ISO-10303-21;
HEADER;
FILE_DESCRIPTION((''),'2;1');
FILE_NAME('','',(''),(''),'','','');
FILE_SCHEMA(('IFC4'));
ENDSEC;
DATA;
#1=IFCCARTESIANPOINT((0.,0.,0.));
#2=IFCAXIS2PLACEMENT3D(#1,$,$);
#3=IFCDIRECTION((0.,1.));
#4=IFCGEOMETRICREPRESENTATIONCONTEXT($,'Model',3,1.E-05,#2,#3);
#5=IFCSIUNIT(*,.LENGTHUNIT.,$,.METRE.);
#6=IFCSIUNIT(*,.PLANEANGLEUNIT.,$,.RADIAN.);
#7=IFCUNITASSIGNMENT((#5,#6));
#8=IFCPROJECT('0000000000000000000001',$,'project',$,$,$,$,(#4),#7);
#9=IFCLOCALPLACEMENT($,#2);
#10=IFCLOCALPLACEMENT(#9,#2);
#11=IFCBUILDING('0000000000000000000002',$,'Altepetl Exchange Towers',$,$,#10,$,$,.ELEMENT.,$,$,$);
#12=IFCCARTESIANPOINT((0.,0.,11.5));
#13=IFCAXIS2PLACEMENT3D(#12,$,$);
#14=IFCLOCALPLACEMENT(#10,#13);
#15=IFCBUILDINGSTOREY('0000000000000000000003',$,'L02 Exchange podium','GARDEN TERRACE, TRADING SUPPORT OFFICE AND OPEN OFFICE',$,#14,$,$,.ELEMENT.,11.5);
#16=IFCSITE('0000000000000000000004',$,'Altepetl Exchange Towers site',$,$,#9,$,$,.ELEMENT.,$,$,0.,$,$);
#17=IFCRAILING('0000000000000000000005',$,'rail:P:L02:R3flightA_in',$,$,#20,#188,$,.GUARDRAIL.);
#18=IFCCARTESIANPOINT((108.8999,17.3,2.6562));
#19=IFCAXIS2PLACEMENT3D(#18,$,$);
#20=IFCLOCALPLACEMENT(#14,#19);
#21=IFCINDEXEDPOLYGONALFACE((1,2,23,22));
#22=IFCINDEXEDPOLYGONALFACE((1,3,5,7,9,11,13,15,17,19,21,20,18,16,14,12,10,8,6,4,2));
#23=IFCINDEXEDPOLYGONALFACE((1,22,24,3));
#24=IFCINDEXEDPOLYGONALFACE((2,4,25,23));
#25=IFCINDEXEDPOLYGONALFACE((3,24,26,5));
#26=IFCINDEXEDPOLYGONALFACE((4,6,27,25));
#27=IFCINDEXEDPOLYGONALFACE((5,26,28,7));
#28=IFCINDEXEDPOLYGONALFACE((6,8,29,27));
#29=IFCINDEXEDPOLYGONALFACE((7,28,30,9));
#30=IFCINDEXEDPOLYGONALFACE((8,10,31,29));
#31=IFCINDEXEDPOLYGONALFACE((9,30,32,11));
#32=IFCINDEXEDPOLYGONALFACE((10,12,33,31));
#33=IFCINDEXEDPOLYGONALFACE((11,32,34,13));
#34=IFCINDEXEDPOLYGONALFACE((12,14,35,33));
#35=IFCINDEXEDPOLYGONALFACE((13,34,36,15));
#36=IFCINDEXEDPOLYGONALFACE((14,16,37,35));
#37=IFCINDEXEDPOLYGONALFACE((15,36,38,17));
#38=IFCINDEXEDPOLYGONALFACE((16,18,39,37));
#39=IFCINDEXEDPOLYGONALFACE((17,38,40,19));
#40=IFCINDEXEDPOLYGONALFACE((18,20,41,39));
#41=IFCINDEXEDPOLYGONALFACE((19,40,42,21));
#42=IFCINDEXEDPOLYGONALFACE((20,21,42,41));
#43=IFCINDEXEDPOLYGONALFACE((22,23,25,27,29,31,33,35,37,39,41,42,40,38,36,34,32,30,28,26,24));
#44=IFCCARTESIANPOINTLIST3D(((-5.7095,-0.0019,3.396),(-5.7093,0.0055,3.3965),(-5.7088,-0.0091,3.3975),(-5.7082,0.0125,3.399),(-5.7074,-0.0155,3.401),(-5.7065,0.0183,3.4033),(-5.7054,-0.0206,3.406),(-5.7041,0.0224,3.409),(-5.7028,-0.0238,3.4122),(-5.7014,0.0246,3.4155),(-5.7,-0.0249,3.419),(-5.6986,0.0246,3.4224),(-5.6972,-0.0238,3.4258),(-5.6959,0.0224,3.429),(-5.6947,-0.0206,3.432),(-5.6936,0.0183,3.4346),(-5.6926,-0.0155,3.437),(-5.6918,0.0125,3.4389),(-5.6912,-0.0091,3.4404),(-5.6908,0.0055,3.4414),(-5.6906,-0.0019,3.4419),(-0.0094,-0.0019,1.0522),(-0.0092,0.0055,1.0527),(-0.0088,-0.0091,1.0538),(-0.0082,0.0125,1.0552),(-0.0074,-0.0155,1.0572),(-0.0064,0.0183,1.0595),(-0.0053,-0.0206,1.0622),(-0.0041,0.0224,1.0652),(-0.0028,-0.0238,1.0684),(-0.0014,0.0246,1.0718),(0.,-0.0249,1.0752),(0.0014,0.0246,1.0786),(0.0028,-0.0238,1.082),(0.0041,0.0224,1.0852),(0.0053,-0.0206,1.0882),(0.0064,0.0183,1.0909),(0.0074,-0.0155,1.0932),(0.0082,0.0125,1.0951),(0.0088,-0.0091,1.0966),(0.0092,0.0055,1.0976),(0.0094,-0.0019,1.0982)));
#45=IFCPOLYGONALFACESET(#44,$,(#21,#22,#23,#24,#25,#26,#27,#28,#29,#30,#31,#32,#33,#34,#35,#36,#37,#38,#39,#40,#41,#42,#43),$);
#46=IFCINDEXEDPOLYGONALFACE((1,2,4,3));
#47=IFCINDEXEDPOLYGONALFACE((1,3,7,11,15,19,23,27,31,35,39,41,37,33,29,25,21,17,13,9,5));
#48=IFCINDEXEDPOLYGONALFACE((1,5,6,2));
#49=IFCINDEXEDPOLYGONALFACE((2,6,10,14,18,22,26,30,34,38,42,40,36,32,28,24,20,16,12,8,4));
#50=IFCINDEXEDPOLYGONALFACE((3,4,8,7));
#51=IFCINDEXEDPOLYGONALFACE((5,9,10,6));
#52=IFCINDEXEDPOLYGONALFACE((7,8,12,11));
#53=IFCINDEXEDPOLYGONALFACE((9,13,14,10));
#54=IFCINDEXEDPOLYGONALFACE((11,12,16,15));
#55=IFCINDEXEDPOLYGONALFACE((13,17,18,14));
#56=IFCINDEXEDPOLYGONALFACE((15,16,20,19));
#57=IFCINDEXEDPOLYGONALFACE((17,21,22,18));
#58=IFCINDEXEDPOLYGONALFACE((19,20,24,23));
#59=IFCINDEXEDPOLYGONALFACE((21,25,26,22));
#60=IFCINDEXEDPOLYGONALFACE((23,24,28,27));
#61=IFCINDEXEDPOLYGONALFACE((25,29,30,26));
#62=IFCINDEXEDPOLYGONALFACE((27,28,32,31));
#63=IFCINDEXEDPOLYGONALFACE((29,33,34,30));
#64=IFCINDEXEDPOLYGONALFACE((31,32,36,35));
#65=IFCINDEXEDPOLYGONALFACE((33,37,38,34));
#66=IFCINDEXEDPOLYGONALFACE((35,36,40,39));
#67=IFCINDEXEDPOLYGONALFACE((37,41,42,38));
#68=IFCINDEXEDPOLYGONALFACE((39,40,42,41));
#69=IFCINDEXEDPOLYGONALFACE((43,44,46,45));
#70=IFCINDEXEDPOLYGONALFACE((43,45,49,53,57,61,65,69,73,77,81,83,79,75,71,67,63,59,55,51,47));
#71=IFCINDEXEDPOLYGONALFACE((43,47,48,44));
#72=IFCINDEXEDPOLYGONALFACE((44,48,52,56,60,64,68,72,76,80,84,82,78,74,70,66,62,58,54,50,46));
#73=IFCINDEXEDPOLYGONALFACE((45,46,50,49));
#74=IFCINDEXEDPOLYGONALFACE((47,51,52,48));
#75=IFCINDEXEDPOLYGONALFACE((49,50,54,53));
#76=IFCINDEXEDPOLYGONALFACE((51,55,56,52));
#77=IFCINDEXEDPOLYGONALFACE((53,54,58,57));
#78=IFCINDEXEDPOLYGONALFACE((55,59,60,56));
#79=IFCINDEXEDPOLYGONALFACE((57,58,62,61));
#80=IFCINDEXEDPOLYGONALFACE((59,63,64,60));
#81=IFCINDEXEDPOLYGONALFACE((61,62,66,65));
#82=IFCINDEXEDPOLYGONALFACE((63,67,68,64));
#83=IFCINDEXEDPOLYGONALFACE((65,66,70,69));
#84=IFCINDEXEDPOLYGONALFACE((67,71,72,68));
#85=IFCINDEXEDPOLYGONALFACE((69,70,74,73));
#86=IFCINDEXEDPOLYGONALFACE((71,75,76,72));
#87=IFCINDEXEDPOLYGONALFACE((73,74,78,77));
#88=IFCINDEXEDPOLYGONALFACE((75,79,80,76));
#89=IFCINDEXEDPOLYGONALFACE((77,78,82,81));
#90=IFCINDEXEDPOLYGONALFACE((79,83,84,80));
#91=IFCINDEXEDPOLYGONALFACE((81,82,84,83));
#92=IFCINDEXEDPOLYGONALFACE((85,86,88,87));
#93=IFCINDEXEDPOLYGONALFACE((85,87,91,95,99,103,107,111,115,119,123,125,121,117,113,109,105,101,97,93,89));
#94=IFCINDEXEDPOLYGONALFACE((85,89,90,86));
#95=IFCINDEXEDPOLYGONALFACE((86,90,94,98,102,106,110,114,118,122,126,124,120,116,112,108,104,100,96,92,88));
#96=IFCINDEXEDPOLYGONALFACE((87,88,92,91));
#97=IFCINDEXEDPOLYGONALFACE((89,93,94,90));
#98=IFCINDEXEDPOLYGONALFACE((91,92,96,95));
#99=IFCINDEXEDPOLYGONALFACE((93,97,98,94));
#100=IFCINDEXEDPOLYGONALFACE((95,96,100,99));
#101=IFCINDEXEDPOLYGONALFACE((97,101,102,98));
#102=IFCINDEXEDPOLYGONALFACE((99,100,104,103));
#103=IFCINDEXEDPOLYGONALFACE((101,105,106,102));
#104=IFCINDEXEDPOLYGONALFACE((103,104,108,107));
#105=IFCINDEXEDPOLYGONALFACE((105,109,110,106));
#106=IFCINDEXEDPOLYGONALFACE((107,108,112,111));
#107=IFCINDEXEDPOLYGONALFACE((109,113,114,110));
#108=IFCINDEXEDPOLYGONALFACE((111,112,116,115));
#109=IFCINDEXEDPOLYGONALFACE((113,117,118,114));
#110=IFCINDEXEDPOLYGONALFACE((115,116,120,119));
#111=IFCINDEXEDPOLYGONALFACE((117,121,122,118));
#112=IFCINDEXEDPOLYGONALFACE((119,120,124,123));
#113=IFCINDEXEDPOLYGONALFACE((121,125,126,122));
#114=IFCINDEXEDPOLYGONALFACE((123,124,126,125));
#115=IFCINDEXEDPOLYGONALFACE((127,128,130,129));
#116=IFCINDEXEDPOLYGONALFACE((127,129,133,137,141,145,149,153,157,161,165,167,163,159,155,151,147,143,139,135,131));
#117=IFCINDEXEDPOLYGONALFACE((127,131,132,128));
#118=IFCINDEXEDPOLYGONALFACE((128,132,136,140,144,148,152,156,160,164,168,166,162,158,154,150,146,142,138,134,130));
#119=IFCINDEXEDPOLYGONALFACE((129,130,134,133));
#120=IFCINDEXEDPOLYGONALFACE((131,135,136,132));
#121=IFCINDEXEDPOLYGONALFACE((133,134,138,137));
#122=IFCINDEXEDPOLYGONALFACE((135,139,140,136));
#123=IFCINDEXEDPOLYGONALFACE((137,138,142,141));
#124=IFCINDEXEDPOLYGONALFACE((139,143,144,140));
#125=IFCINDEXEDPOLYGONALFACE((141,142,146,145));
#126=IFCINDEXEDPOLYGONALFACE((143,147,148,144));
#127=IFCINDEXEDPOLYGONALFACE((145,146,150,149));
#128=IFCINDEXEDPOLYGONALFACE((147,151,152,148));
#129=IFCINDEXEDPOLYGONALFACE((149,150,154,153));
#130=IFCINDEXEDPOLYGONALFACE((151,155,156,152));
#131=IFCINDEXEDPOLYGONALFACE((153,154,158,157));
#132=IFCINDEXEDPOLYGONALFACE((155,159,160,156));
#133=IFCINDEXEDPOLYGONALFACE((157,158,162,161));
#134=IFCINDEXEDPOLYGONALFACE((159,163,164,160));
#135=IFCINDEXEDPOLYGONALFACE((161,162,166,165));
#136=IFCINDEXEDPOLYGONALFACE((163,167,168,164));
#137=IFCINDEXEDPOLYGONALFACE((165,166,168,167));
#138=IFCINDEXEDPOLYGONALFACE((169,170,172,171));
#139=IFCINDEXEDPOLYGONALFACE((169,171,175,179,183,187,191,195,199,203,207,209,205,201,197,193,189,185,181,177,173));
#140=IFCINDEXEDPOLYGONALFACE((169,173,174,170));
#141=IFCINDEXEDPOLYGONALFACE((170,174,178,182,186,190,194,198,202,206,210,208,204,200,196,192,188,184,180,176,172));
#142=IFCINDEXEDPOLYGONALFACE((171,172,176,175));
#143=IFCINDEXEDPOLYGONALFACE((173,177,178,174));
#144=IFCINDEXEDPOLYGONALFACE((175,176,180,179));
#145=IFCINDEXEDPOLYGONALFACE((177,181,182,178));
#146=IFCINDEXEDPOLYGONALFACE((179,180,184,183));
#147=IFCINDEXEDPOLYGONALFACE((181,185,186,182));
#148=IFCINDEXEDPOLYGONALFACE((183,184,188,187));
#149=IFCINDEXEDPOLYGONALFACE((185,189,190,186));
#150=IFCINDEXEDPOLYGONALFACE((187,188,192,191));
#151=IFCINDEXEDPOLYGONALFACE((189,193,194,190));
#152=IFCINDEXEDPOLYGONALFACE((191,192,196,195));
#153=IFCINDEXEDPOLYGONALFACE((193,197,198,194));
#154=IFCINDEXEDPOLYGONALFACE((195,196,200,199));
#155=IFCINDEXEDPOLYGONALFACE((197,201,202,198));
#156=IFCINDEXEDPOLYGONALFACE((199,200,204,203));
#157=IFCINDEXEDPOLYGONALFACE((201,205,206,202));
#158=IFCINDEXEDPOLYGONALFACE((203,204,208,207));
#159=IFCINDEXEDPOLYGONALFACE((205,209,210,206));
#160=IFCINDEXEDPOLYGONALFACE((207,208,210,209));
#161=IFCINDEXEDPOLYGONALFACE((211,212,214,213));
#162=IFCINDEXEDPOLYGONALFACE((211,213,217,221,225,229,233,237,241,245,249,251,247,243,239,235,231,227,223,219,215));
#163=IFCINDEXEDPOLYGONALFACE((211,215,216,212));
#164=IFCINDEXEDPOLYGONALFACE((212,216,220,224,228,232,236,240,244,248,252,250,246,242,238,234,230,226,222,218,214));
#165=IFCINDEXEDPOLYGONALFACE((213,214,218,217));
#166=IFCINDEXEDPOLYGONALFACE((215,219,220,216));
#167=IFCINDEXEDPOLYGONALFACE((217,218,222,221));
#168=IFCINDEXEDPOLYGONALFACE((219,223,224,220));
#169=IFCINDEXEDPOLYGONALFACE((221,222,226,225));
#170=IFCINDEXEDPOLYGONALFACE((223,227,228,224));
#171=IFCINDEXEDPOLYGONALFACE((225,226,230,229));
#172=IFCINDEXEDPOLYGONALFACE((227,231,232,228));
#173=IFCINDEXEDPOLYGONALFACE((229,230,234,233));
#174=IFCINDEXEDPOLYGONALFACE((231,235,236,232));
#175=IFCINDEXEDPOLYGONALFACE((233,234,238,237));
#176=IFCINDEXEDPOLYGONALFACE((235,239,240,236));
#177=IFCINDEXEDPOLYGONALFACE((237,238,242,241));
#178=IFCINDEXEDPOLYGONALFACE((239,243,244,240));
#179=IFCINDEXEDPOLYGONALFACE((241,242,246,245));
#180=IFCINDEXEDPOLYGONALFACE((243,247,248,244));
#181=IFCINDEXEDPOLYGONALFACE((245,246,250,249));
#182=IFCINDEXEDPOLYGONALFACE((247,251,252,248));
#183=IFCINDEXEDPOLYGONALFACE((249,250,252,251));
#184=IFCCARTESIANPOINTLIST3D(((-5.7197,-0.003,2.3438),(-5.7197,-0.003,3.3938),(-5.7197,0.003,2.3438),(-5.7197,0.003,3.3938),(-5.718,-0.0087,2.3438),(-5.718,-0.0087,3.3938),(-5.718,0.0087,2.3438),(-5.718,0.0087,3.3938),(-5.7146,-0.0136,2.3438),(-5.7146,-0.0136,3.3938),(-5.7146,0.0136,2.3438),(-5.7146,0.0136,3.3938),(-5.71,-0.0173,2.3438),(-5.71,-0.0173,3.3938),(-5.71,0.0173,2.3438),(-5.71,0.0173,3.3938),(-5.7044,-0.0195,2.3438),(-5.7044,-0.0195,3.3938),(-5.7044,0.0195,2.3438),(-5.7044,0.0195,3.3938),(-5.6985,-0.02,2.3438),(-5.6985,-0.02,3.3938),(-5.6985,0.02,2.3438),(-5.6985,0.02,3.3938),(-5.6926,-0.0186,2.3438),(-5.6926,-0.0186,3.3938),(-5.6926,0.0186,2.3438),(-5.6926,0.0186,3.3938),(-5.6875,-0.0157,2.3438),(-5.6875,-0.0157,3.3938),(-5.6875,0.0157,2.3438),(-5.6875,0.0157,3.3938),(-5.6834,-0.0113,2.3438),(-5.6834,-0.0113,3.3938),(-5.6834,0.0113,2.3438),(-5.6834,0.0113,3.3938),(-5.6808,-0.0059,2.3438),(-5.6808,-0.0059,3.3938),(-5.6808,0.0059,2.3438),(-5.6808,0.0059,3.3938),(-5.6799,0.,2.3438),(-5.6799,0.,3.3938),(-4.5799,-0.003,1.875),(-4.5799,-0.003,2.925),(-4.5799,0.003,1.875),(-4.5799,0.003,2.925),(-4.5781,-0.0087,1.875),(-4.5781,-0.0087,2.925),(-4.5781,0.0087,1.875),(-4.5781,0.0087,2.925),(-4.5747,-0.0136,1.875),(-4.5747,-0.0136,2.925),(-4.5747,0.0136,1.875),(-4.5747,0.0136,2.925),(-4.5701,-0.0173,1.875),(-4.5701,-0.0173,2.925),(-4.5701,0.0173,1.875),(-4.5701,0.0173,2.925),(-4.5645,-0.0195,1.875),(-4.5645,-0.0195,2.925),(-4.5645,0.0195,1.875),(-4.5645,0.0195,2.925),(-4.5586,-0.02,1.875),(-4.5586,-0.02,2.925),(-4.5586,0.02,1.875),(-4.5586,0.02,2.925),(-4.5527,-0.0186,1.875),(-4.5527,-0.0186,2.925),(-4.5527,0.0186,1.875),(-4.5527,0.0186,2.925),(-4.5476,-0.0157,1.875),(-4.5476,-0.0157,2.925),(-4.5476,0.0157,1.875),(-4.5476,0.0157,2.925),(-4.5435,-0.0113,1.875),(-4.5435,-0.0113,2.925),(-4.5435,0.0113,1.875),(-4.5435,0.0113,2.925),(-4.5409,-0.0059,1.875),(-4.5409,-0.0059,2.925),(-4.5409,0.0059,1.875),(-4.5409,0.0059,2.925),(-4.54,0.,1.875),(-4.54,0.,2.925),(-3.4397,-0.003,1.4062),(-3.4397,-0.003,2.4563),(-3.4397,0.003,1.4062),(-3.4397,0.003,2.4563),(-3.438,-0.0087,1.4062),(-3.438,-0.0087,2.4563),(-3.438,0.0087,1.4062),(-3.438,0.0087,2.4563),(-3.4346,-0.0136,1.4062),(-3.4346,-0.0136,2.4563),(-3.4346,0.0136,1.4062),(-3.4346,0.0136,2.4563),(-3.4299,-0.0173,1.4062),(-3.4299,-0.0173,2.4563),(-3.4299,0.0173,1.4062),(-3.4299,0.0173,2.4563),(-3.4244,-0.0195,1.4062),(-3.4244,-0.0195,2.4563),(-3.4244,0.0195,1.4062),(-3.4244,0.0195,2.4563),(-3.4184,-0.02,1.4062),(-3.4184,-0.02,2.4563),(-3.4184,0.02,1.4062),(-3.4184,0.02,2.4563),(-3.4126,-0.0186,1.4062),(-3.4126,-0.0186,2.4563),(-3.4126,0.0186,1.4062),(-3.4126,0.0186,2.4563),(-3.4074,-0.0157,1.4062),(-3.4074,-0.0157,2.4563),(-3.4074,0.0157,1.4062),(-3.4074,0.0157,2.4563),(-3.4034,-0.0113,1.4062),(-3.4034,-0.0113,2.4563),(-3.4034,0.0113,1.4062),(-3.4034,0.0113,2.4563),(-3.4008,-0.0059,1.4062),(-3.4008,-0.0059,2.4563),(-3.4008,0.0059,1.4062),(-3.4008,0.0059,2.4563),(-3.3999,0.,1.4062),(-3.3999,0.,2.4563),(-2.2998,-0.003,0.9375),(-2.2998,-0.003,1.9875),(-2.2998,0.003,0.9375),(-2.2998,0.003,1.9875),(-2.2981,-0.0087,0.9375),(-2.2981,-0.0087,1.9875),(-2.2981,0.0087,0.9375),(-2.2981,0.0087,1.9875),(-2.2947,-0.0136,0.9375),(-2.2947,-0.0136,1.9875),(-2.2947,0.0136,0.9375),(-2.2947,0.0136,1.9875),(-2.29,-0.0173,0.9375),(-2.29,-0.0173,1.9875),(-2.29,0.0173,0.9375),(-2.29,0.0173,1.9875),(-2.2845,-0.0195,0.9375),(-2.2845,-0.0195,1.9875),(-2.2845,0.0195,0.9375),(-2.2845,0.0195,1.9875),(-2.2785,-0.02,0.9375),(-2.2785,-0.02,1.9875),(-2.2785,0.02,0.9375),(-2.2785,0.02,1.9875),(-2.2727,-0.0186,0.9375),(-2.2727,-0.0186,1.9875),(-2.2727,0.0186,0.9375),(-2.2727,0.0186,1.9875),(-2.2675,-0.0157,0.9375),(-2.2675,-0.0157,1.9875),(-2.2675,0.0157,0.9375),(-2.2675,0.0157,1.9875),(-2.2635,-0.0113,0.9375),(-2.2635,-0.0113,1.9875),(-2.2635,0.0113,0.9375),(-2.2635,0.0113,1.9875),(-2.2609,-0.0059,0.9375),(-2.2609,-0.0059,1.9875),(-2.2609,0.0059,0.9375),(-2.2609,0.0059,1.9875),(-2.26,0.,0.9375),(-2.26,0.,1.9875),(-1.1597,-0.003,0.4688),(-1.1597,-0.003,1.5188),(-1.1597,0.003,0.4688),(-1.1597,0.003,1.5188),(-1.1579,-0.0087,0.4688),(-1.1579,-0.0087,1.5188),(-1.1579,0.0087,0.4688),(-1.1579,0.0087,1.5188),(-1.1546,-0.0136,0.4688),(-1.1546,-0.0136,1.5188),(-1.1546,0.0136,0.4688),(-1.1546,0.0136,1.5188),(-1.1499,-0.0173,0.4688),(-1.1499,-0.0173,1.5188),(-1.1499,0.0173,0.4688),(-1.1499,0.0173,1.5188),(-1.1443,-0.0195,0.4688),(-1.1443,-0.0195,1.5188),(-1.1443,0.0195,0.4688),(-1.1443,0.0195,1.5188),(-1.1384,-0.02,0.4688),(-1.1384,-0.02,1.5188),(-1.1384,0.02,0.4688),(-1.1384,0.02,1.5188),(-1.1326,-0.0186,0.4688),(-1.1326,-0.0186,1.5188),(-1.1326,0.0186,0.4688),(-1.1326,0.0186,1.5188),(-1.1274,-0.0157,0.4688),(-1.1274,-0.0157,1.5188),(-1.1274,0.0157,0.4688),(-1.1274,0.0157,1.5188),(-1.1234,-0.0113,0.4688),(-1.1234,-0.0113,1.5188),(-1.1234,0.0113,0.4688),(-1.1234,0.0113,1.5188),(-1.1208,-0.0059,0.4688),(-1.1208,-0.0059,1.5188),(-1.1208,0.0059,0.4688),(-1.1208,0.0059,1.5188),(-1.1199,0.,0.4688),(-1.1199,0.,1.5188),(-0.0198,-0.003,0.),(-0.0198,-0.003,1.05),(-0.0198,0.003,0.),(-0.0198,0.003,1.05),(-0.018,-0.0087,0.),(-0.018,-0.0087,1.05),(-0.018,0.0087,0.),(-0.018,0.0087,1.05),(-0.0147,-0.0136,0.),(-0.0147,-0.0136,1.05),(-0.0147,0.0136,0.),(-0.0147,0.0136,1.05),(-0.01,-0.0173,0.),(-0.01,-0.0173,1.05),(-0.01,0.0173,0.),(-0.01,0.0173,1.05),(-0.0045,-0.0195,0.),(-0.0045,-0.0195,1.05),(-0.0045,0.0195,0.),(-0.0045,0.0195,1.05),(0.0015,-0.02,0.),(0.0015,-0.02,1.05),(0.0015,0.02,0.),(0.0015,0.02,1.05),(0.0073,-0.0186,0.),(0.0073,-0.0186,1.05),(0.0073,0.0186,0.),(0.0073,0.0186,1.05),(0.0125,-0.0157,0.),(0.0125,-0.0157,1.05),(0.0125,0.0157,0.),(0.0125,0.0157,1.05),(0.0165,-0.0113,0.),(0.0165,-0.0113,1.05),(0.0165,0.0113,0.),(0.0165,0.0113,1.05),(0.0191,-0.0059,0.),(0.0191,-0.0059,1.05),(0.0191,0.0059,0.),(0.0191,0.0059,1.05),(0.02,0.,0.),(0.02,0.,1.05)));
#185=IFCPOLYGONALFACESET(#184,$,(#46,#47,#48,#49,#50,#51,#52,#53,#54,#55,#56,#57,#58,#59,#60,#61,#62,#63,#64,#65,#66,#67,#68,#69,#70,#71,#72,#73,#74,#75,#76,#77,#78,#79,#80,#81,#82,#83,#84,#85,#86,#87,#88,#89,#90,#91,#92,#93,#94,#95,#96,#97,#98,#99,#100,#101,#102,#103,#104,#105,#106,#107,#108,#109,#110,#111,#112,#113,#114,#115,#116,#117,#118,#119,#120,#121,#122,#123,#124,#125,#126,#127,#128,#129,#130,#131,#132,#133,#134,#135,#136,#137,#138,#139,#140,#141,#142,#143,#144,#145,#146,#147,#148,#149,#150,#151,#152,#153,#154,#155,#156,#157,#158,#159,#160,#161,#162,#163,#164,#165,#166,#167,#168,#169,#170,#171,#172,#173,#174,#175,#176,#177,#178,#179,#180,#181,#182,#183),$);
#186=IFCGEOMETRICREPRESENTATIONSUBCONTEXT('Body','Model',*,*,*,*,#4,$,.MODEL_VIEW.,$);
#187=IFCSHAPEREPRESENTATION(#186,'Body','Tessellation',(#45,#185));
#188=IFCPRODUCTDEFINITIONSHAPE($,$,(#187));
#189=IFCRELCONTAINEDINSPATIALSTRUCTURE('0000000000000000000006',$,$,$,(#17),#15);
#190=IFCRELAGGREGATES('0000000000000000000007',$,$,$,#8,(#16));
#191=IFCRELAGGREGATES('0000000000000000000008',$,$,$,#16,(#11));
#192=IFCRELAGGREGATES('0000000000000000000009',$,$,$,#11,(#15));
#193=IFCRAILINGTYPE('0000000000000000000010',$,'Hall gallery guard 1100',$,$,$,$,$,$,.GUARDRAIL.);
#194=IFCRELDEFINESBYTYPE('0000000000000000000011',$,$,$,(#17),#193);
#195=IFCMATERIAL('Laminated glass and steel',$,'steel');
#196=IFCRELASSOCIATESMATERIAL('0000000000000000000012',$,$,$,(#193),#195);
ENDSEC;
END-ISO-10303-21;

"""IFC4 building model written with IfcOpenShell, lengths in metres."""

from ifc_helpers import new_model, si_unit, direction, frame, origin, origin_2d, place, context, subcontext, project, spatial, circle, extrude, source, transform, mapped, material, type_object, element, save


model = new_model("IFC4")

# Units and contexts
model_context = context("Model", 3, precision=1e-05, world=origin(), true_north=direction((0.0, 1.0)))
body_context = subcontext(model_context, "Body", "Model", "MODEL_VIEW")
ifc_project = project(units=[si_unit("LENGTHUNIT", "METRE"), si_unit("PLANEANGLEUNIT", "RADIAN")], contexts=[model_context])

# Site, building, storey
site_placement = place(None, origin())
site = spatial("IfcSite", under=ifc_project, at=site_placement, Name="Altepetl Exchange Towers site", CompositionType="ELEMENT", RefElevation=0.0)
building_placement = place(site_placement, origin())
building = spatial("IfcBuilding", under=site, at=building_placement, Name="Altepetl Exchange Towers", CompositionType="ELEMENT")
storey_placement = place(building_placement, frame((0.0, 0.0, 11.5)))
storey = spatial("IfcBuildingStorey", under=building, at=storey_placement, Name="L02 Exchange podium", Description="GARDEN TERRACE, TRADING SUPPORT OFFICE AND OPEN OFFICE", CompositionType="ELEMENT", Elevation=11.5)

# Railing
ifc_material_1 = material(Name="Laminated glass and steel", Category="steel")
railing_type_1 = type_object("IfcRailingType", Name="Hall gallery guard 1100", PredefinedType="GUARDRAIL", material=ifc_material_1)
shared_shape_1 = source(origin(), body_context, "Body", "SweptSolid", [
    extrude(circle(Radius=0.02, at=origin_2d()), origin(), (0.0, 0.0, 1.0), 1.05),
])
for number, where, name in (
    (1, (108.8999, 17.3, 2.6562), "rail:P:L02:R3flightA_in"),
):
    element("IfcRailing", number, at=place(storey_placement, frame(where)), inside=storey, type_object=railing_type_1, Name=name, PredefinedType="GUARDRAIL", context=body_context, shape_type="SweptSolid", body=[
        extrude(circle(Radius=0.0249, at=origin_2d()), frame((0.0, 0.0, 1.0752), z_axis=(-0.924866, 0.0, 0.380293), x_axis=(0.0, -1.0, 0.0)), (0.0, 0.0, 1.0), 6.1631),
        mapped(shared_shape_1, transform((0.0, 0.0, 0.0))),
        mapped(shared_shape_1, transform((-1.1399, 0.0, 0.4688))),
        mapped(shared_shape_1, transform((-2.28, 0.0, 0.9375))),
        mapped(shared_shape_1, transform((-3.4199, 0.0, 1.4062))),
        mapped(shared_shape_1, transform((-4.5601, 0.0, 1.875))),
        mapped(shared_shape_1, transform((-5.7, 0.0, 2.3438))),
    ])

save(model, "model.ifc")
